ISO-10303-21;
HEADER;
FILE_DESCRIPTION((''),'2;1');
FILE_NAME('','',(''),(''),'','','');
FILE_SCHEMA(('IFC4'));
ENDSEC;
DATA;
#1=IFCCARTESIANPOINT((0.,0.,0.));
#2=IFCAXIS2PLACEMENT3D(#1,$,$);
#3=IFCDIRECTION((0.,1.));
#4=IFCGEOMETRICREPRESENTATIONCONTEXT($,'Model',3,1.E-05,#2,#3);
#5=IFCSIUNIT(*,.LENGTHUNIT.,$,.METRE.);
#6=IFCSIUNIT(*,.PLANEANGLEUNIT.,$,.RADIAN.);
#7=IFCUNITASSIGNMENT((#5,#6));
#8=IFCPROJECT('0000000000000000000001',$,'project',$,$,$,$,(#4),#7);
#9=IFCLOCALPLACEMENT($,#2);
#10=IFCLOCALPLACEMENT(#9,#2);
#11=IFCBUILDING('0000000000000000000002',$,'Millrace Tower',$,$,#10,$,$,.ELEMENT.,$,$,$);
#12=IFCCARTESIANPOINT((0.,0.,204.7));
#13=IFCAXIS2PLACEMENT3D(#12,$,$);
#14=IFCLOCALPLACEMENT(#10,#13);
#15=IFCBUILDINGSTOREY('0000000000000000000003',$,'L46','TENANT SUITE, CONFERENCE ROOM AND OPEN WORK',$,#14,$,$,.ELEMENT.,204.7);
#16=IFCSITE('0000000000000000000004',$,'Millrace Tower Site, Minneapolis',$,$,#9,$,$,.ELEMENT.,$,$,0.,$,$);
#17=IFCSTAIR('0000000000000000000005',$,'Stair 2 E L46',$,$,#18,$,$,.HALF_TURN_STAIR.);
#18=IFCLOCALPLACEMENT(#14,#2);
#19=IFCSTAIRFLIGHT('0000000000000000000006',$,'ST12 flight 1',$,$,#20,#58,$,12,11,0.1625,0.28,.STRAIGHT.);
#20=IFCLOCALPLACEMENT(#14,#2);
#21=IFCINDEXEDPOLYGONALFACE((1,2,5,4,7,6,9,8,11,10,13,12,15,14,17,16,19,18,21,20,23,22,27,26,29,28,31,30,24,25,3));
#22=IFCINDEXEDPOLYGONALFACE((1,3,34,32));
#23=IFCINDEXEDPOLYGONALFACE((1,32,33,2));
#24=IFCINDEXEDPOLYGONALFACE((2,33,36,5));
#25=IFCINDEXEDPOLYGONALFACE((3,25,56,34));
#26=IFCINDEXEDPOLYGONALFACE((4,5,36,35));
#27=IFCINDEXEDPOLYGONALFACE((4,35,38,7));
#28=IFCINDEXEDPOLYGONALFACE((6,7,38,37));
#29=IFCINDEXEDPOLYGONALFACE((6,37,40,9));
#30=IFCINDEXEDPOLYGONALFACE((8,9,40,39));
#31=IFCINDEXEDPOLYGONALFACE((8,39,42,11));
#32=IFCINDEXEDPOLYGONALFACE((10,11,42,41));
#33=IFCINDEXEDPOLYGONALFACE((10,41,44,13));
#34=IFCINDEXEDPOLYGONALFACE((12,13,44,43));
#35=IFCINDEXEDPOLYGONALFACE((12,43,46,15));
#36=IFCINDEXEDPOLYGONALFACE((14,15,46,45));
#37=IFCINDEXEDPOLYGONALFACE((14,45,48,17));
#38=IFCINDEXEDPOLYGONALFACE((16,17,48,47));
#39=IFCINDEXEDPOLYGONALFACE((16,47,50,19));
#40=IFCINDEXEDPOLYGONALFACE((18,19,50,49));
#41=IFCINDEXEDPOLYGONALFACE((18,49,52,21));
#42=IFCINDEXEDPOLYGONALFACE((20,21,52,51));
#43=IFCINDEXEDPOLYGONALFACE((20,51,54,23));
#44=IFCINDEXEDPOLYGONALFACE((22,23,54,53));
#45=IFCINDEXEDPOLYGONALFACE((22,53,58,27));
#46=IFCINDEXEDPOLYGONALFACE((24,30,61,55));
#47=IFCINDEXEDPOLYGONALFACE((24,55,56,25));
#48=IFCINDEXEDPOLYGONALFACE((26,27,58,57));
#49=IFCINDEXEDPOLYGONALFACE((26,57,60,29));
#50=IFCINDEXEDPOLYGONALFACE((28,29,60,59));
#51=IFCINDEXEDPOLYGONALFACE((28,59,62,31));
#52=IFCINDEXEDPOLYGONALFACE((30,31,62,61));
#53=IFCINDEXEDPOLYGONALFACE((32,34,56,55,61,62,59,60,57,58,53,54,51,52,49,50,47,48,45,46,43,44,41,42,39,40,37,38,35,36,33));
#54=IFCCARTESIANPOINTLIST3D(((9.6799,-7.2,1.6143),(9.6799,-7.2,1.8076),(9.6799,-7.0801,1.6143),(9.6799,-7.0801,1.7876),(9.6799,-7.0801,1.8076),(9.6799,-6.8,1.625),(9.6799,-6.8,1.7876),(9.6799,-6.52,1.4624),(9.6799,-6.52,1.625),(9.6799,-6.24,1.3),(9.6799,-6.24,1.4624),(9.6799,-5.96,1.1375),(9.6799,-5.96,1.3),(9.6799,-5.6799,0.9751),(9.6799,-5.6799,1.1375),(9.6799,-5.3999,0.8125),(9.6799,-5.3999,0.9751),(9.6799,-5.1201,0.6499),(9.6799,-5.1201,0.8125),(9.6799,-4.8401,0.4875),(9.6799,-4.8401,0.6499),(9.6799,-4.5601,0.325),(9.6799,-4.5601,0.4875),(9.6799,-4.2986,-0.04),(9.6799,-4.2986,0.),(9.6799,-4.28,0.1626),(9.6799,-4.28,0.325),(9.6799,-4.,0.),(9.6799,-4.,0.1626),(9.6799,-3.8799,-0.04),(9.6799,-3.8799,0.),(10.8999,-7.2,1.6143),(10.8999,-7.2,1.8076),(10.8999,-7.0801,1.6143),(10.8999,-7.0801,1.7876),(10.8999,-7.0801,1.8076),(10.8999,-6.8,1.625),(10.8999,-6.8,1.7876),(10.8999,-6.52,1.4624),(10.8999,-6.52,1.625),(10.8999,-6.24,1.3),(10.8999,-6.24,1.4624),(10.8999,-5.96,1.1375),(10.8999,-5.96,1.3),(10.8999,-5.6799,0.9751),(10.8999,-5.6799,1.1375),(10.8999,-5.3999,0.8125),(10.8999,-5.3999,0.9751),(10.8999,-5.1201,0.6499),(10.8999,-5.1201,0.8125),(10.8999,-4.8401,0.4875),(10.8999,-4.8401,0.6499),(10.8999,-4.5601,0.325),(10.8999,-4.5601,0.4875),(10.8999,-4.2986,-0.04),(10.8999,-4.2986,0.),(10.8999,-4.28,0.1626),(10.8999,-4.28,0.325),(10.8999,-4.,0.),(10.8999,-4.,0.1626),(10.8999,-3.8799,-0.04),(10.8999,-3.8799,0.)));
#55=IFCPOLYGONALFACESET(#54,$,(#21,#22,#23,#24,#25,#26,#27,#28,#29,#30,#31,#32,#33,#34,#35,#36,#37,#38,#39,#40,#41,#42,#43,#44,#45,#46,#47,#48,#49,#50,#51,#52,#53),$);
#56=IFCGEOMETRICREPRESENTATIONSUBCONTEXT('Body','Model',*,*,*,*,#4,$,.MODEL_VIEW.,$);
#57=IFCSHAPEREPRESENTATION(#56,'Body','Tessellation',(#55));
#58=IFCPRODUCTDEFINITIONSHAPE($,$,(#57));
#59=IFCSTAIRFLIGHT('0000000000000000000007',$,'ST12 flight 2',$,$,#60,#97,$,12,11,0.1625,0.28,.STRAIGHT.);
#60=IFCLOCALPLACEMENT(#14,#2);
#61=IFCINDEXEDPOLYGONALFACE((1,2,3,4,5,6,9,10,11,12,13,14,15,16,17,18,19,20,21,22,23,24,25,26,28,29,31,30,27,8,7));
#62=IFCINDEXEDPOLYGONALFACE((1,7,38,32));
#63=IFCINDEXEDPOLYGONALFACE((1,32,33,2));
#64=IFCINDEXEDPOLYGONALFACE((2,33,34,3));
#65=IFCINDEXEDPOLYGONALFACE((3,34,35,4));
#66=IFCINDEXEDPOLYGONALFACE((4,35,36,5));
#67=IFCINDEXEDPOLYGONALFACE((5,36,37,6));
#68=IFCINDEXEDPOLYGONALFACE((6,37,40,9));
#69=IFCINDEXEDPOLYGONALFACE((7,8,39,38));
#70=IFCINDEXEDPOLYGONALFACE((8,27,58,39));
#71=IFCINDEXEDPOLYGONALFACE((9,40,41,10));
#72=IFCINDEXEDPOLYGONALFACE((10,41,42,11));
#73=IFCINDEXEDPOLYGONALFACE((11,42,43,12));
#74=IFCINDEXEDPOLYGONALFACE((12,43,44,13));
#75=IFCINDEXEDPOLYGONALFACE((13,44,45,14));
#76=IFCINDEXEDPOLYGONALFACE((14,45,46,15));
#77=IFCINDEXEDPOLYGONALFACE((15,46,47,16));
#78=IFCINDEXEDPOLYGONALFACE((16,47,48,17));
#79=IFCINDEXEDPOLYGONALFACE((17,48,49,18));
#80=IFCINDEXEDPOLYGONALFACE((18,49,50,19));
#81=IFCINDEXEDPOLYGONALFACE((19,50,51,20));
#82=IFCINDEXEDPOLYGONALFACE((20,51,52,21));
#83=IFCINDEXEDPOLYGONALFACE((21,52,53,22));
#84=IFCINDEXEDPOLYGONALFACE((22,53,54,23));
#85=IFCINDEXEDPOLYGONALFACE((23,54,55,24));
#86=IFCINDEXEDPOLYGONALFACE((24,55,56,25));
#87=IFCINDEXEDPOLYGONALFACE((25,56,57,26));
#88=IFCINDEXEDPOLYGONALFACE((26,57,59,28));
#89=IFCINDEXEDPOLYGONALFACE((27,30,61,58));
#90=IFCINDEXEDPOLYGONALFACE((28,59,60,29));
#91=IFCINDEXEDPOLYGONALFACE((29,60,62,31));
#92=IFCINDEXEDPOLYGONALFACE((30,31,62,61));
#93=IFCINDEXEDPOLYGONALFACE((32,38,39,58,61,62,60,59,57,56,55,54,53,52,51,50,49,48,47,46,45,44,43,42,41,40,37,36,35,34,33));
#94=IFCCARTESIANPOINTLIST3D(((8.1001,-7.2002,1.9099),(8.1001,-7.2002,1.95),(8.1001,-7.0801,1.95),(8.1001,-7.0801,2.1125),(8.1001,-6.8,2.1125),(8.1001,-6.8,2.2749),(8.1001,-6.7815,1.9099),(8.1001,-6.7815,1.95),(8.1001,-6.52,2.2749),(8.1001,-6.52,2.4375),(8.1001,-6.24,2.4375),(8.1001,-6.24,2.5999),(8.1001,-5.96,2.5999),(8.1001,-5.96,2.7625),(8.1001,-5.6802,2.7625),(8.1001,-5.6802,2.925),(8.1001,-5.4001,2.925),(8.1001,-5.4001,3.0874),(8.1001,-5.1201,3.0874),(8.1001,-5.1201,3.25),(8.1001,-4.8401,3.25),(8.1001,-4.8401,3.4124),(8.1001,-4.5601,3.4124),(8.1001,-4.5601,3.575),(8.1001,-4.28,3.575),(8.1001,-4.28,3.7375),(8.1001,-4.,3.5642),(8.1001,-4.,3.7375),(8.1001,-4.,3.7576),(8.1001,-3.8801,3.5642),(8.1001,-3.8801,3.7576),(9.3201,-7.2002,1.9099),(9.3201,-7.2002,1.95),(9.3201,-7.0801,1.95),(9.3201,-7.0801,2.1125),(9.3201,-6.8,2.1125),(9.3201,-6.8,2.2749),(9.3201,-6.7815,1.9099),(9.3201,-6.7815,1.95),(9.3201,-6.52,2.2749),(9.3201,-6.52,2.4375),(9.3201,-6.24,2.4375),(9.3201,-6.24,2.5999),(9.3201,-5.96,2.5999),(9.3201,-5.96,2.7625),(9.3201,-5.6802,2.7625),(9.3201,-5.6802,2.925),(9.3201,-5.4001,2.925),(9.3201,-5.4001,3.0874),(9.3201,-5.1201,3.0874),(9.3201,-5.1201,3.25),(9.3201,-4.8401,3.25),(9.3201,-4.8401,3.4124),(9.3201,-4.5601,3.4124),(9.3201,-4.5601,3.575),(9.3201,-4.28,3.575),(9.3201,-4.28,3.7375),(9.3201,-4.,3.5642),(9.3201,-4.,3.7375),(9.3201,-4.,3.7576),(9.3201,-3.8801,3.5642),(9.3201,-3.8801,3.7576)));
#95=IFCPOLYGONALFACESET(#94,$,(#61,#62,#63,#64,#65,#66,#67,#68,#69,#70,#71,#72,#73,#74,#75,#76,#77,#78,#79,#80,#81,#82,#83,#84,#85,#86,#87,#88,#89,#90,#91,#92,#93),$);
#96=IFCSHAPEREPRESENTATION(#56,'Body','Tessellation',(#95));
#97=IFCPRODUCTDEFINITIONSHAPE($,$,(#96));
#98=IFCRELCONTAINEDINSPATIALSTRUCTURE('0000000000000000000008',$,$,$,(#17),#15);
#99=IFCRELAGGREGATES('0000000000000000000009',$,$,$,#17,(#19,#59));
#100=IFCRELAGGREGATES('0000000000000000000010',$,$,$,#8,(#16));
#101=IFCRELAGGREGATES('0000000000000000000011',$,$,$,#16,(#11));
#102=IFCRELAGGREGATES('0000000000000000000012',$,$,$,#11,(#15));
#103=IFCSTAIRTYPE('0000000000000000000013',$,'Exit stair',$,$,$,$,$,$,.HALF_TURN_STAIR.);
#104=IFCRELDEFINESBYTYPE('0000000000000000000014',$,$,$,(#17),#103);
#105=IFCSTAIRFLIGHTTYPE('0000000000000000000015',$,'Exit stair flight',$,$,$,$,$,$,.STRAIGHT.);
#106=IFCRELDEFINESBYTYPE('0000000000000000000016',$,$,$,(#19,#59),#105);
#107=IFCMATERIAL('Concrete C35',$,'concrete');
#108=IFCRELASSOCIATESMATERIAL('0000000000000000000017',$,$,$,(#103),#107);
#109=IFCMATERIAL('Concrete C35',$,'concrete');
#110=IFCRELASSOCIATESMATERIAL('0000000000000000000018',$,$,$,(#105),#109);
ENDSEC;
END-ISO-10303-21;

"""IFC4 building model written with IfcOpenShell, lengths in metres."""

from ifc_helpers import new_model, si_unit, direction, frame, origin, place, context, subcontext, project, spatial, polyline, outline, extrude, material, type_object, element, aggregate, save


model = new_model("IFC4")

# Units and contexts
model_context = context("Model", 3, precision=1e-05, world=origin(), true_north=direction((0.0, 1.0)))
body_context = subcontext(model_context, "Body", "Model", "MODEL_VIEW")
ifc_project = project(units=[si_unit("LENGTHUNIT", "METRE"), si_unit("PLANEANGLEUNIT", "RADIAN")], contexts=[model_context])

# Site, building, storey
site_placement = place(None, origin())
site = spatial("IfcSite", under=ifc_project, at=site_placement, Name="Millrace Tower Site, Minneapolis", CompositionType="ELEMENT", RefElevation=0.0)
building_placement = place(site_placement, origin())
building = spatial("IfcBuilding", under=site, at=building_placement, Name="Millrace Tower", CompositionType="ELEMENT")
storey_placement = place(building_placement, frame((0.0, 0.0, 204.7)))
storey = spatial("IfcBuildingStorey", under=building, at=storey_placement, Name="L46", Description="TENANT SUITE, CONFERENCE ROOM AND OPEN WORK", CompositionType="ELEMENT", Elevation=204.7)

# Shared definitions
placement = place(storey_placement, origin())

# Stair, stair flights
ifc_material_1 = material(Name="Concrete C35", Category="concrete")
stair_type = type_object("IfcStairType", Name="Exit stair", PredefinedType="HALF_TURN_STAIR", material=ifc_material_1)
ifc_material_2 = material(Name="Concrete C35", Category="concrete")
stair_flight_type = type_object("IfcStairFlightType", Name="Exit stair flight", PredefinedType="STRAIGHT", material=ifc_material_2)
stair_1 = element("IfcStair", 1, at=placement, inside=storey, type_object=stair_type, Name="Stair 2 E L46", PredefinedType="HALF_TURN_STAIR")
stair_flight_1_placement = place(storey_placement, frame((10.29, -4.0, 0.0), z_axis=(0.0, 0.0, 1.0), x_axis=(0.0, -1.0, 0.0)))
stair_flight_1 = element("IfcStairFlight", 2, at=stair_flight_1_placement, type_object=stair_flight_type, Name="ST12 flight 1", NumberOfRisers=12, NumberOfTreads=11, PredefinedType="STRAIGHT", RiserHeight=0.1625, TreadLength=0.28, context=body_context, shape_type="SweptSolid", body=[
    extrude(outline(polyline([(-0.1201, -0.04), (-0.1201, 0.0), (0.0, 0.0), (0.0, 0.1626), (0.28, 0.1626), (0.28, 0.325), (0.5601, 0.325), (0.5601, 0.4875), (0.8401, 0.4875), (0.8401, 0.6499), (1.1201, 0.6499), (1.1201, 0.8125), (1.3999, 0.8125), (1.3999, 0.9751), (1.6799, 0.9751), (1.6799, 1.1375), (1.96, 1.1375), (1.96, 1.3), (2.24, 1.3), (2.24, 1.4624), (2.52, 1.4624), (2.52, 1.625), (2.8, 1.625), (2.8, 1.7876), (3.0801, 1.7876), (3.0801, 1.8076), (3.2, 1.8076), (3.2, 1.6143), (3.0801, 1.6143), (0.2986, 0.0), (0.2986, -0.04), (-0.1201, -0.04)])), frame((0.0, 0.6099, 0.0), z_axis=(0.0, -1.0, 0.0), x_axis=(1.0, 0.0, 0.0)), (0.0, 0.0, 1.0), 1.22),
])
stair_flight_2_placement = place(storey_placement, frame((8.71, -7.0801, 1.95), z_axis=(0.0, 0.0, 1.0), x_axis=(0.0, 1.0, 0.0)))
stair_flight_2 = element("IfcStairFlight", 3, at=stair_flight_2_placement, type_object=stair_flight_type, Name="ST12 flight 2", NumberOfRisers=12, NumberOfTreads=11, PredefinedType="STRAIGHT", RiserHeight=0.1625, TreadLength=0.28, context=body_context, shape_type="SweptSolid", body=[
    extrude(outline(polyline([(-0.1201, -0.04), (-0.1201, 0.0), (0.0, 0.0), (0.0, 0.1626), (0.28, 0.1626), (0.28, 0.325), (0.5601, 0.325), (0.5601, 0.4875), (0.8401, 0.4875), (0.8401, 0.6499), (1.1201, 0.6499), (1.1201, 0.8125), (1.3999, 0.8125), (1.3999, 0.9751), (1.6799, 0.9751), (1.6799, 1.1375), (1.96, 1.1375), (1.96, 1.3), (2.24, 1.3), (2.24, 1.4624), (2.52, 1.4624), (2.52, 1.625), (2.8, 1.625), (2.8, 1.7876), (3.0801, 1.7876), (3.0801, 1.8076), (3.2, 1.8076), (3.2, 1.6143), (3.0801, 1.6143), (0.2986, 0.0), (0.2986, -0.04), (-0.1201, -0.04)])), frame((0.0, 0.6099, 0.0), z_axis=(0.0, -1.0, 0.0), x_axis=(1.0, 0.0, 0.0)), (0.0, 0.0, 1.0), 1.22),
])
aggregate(stair_1, [stair_flight_1, stair_flight_2])

save(model, "model.ifc")
